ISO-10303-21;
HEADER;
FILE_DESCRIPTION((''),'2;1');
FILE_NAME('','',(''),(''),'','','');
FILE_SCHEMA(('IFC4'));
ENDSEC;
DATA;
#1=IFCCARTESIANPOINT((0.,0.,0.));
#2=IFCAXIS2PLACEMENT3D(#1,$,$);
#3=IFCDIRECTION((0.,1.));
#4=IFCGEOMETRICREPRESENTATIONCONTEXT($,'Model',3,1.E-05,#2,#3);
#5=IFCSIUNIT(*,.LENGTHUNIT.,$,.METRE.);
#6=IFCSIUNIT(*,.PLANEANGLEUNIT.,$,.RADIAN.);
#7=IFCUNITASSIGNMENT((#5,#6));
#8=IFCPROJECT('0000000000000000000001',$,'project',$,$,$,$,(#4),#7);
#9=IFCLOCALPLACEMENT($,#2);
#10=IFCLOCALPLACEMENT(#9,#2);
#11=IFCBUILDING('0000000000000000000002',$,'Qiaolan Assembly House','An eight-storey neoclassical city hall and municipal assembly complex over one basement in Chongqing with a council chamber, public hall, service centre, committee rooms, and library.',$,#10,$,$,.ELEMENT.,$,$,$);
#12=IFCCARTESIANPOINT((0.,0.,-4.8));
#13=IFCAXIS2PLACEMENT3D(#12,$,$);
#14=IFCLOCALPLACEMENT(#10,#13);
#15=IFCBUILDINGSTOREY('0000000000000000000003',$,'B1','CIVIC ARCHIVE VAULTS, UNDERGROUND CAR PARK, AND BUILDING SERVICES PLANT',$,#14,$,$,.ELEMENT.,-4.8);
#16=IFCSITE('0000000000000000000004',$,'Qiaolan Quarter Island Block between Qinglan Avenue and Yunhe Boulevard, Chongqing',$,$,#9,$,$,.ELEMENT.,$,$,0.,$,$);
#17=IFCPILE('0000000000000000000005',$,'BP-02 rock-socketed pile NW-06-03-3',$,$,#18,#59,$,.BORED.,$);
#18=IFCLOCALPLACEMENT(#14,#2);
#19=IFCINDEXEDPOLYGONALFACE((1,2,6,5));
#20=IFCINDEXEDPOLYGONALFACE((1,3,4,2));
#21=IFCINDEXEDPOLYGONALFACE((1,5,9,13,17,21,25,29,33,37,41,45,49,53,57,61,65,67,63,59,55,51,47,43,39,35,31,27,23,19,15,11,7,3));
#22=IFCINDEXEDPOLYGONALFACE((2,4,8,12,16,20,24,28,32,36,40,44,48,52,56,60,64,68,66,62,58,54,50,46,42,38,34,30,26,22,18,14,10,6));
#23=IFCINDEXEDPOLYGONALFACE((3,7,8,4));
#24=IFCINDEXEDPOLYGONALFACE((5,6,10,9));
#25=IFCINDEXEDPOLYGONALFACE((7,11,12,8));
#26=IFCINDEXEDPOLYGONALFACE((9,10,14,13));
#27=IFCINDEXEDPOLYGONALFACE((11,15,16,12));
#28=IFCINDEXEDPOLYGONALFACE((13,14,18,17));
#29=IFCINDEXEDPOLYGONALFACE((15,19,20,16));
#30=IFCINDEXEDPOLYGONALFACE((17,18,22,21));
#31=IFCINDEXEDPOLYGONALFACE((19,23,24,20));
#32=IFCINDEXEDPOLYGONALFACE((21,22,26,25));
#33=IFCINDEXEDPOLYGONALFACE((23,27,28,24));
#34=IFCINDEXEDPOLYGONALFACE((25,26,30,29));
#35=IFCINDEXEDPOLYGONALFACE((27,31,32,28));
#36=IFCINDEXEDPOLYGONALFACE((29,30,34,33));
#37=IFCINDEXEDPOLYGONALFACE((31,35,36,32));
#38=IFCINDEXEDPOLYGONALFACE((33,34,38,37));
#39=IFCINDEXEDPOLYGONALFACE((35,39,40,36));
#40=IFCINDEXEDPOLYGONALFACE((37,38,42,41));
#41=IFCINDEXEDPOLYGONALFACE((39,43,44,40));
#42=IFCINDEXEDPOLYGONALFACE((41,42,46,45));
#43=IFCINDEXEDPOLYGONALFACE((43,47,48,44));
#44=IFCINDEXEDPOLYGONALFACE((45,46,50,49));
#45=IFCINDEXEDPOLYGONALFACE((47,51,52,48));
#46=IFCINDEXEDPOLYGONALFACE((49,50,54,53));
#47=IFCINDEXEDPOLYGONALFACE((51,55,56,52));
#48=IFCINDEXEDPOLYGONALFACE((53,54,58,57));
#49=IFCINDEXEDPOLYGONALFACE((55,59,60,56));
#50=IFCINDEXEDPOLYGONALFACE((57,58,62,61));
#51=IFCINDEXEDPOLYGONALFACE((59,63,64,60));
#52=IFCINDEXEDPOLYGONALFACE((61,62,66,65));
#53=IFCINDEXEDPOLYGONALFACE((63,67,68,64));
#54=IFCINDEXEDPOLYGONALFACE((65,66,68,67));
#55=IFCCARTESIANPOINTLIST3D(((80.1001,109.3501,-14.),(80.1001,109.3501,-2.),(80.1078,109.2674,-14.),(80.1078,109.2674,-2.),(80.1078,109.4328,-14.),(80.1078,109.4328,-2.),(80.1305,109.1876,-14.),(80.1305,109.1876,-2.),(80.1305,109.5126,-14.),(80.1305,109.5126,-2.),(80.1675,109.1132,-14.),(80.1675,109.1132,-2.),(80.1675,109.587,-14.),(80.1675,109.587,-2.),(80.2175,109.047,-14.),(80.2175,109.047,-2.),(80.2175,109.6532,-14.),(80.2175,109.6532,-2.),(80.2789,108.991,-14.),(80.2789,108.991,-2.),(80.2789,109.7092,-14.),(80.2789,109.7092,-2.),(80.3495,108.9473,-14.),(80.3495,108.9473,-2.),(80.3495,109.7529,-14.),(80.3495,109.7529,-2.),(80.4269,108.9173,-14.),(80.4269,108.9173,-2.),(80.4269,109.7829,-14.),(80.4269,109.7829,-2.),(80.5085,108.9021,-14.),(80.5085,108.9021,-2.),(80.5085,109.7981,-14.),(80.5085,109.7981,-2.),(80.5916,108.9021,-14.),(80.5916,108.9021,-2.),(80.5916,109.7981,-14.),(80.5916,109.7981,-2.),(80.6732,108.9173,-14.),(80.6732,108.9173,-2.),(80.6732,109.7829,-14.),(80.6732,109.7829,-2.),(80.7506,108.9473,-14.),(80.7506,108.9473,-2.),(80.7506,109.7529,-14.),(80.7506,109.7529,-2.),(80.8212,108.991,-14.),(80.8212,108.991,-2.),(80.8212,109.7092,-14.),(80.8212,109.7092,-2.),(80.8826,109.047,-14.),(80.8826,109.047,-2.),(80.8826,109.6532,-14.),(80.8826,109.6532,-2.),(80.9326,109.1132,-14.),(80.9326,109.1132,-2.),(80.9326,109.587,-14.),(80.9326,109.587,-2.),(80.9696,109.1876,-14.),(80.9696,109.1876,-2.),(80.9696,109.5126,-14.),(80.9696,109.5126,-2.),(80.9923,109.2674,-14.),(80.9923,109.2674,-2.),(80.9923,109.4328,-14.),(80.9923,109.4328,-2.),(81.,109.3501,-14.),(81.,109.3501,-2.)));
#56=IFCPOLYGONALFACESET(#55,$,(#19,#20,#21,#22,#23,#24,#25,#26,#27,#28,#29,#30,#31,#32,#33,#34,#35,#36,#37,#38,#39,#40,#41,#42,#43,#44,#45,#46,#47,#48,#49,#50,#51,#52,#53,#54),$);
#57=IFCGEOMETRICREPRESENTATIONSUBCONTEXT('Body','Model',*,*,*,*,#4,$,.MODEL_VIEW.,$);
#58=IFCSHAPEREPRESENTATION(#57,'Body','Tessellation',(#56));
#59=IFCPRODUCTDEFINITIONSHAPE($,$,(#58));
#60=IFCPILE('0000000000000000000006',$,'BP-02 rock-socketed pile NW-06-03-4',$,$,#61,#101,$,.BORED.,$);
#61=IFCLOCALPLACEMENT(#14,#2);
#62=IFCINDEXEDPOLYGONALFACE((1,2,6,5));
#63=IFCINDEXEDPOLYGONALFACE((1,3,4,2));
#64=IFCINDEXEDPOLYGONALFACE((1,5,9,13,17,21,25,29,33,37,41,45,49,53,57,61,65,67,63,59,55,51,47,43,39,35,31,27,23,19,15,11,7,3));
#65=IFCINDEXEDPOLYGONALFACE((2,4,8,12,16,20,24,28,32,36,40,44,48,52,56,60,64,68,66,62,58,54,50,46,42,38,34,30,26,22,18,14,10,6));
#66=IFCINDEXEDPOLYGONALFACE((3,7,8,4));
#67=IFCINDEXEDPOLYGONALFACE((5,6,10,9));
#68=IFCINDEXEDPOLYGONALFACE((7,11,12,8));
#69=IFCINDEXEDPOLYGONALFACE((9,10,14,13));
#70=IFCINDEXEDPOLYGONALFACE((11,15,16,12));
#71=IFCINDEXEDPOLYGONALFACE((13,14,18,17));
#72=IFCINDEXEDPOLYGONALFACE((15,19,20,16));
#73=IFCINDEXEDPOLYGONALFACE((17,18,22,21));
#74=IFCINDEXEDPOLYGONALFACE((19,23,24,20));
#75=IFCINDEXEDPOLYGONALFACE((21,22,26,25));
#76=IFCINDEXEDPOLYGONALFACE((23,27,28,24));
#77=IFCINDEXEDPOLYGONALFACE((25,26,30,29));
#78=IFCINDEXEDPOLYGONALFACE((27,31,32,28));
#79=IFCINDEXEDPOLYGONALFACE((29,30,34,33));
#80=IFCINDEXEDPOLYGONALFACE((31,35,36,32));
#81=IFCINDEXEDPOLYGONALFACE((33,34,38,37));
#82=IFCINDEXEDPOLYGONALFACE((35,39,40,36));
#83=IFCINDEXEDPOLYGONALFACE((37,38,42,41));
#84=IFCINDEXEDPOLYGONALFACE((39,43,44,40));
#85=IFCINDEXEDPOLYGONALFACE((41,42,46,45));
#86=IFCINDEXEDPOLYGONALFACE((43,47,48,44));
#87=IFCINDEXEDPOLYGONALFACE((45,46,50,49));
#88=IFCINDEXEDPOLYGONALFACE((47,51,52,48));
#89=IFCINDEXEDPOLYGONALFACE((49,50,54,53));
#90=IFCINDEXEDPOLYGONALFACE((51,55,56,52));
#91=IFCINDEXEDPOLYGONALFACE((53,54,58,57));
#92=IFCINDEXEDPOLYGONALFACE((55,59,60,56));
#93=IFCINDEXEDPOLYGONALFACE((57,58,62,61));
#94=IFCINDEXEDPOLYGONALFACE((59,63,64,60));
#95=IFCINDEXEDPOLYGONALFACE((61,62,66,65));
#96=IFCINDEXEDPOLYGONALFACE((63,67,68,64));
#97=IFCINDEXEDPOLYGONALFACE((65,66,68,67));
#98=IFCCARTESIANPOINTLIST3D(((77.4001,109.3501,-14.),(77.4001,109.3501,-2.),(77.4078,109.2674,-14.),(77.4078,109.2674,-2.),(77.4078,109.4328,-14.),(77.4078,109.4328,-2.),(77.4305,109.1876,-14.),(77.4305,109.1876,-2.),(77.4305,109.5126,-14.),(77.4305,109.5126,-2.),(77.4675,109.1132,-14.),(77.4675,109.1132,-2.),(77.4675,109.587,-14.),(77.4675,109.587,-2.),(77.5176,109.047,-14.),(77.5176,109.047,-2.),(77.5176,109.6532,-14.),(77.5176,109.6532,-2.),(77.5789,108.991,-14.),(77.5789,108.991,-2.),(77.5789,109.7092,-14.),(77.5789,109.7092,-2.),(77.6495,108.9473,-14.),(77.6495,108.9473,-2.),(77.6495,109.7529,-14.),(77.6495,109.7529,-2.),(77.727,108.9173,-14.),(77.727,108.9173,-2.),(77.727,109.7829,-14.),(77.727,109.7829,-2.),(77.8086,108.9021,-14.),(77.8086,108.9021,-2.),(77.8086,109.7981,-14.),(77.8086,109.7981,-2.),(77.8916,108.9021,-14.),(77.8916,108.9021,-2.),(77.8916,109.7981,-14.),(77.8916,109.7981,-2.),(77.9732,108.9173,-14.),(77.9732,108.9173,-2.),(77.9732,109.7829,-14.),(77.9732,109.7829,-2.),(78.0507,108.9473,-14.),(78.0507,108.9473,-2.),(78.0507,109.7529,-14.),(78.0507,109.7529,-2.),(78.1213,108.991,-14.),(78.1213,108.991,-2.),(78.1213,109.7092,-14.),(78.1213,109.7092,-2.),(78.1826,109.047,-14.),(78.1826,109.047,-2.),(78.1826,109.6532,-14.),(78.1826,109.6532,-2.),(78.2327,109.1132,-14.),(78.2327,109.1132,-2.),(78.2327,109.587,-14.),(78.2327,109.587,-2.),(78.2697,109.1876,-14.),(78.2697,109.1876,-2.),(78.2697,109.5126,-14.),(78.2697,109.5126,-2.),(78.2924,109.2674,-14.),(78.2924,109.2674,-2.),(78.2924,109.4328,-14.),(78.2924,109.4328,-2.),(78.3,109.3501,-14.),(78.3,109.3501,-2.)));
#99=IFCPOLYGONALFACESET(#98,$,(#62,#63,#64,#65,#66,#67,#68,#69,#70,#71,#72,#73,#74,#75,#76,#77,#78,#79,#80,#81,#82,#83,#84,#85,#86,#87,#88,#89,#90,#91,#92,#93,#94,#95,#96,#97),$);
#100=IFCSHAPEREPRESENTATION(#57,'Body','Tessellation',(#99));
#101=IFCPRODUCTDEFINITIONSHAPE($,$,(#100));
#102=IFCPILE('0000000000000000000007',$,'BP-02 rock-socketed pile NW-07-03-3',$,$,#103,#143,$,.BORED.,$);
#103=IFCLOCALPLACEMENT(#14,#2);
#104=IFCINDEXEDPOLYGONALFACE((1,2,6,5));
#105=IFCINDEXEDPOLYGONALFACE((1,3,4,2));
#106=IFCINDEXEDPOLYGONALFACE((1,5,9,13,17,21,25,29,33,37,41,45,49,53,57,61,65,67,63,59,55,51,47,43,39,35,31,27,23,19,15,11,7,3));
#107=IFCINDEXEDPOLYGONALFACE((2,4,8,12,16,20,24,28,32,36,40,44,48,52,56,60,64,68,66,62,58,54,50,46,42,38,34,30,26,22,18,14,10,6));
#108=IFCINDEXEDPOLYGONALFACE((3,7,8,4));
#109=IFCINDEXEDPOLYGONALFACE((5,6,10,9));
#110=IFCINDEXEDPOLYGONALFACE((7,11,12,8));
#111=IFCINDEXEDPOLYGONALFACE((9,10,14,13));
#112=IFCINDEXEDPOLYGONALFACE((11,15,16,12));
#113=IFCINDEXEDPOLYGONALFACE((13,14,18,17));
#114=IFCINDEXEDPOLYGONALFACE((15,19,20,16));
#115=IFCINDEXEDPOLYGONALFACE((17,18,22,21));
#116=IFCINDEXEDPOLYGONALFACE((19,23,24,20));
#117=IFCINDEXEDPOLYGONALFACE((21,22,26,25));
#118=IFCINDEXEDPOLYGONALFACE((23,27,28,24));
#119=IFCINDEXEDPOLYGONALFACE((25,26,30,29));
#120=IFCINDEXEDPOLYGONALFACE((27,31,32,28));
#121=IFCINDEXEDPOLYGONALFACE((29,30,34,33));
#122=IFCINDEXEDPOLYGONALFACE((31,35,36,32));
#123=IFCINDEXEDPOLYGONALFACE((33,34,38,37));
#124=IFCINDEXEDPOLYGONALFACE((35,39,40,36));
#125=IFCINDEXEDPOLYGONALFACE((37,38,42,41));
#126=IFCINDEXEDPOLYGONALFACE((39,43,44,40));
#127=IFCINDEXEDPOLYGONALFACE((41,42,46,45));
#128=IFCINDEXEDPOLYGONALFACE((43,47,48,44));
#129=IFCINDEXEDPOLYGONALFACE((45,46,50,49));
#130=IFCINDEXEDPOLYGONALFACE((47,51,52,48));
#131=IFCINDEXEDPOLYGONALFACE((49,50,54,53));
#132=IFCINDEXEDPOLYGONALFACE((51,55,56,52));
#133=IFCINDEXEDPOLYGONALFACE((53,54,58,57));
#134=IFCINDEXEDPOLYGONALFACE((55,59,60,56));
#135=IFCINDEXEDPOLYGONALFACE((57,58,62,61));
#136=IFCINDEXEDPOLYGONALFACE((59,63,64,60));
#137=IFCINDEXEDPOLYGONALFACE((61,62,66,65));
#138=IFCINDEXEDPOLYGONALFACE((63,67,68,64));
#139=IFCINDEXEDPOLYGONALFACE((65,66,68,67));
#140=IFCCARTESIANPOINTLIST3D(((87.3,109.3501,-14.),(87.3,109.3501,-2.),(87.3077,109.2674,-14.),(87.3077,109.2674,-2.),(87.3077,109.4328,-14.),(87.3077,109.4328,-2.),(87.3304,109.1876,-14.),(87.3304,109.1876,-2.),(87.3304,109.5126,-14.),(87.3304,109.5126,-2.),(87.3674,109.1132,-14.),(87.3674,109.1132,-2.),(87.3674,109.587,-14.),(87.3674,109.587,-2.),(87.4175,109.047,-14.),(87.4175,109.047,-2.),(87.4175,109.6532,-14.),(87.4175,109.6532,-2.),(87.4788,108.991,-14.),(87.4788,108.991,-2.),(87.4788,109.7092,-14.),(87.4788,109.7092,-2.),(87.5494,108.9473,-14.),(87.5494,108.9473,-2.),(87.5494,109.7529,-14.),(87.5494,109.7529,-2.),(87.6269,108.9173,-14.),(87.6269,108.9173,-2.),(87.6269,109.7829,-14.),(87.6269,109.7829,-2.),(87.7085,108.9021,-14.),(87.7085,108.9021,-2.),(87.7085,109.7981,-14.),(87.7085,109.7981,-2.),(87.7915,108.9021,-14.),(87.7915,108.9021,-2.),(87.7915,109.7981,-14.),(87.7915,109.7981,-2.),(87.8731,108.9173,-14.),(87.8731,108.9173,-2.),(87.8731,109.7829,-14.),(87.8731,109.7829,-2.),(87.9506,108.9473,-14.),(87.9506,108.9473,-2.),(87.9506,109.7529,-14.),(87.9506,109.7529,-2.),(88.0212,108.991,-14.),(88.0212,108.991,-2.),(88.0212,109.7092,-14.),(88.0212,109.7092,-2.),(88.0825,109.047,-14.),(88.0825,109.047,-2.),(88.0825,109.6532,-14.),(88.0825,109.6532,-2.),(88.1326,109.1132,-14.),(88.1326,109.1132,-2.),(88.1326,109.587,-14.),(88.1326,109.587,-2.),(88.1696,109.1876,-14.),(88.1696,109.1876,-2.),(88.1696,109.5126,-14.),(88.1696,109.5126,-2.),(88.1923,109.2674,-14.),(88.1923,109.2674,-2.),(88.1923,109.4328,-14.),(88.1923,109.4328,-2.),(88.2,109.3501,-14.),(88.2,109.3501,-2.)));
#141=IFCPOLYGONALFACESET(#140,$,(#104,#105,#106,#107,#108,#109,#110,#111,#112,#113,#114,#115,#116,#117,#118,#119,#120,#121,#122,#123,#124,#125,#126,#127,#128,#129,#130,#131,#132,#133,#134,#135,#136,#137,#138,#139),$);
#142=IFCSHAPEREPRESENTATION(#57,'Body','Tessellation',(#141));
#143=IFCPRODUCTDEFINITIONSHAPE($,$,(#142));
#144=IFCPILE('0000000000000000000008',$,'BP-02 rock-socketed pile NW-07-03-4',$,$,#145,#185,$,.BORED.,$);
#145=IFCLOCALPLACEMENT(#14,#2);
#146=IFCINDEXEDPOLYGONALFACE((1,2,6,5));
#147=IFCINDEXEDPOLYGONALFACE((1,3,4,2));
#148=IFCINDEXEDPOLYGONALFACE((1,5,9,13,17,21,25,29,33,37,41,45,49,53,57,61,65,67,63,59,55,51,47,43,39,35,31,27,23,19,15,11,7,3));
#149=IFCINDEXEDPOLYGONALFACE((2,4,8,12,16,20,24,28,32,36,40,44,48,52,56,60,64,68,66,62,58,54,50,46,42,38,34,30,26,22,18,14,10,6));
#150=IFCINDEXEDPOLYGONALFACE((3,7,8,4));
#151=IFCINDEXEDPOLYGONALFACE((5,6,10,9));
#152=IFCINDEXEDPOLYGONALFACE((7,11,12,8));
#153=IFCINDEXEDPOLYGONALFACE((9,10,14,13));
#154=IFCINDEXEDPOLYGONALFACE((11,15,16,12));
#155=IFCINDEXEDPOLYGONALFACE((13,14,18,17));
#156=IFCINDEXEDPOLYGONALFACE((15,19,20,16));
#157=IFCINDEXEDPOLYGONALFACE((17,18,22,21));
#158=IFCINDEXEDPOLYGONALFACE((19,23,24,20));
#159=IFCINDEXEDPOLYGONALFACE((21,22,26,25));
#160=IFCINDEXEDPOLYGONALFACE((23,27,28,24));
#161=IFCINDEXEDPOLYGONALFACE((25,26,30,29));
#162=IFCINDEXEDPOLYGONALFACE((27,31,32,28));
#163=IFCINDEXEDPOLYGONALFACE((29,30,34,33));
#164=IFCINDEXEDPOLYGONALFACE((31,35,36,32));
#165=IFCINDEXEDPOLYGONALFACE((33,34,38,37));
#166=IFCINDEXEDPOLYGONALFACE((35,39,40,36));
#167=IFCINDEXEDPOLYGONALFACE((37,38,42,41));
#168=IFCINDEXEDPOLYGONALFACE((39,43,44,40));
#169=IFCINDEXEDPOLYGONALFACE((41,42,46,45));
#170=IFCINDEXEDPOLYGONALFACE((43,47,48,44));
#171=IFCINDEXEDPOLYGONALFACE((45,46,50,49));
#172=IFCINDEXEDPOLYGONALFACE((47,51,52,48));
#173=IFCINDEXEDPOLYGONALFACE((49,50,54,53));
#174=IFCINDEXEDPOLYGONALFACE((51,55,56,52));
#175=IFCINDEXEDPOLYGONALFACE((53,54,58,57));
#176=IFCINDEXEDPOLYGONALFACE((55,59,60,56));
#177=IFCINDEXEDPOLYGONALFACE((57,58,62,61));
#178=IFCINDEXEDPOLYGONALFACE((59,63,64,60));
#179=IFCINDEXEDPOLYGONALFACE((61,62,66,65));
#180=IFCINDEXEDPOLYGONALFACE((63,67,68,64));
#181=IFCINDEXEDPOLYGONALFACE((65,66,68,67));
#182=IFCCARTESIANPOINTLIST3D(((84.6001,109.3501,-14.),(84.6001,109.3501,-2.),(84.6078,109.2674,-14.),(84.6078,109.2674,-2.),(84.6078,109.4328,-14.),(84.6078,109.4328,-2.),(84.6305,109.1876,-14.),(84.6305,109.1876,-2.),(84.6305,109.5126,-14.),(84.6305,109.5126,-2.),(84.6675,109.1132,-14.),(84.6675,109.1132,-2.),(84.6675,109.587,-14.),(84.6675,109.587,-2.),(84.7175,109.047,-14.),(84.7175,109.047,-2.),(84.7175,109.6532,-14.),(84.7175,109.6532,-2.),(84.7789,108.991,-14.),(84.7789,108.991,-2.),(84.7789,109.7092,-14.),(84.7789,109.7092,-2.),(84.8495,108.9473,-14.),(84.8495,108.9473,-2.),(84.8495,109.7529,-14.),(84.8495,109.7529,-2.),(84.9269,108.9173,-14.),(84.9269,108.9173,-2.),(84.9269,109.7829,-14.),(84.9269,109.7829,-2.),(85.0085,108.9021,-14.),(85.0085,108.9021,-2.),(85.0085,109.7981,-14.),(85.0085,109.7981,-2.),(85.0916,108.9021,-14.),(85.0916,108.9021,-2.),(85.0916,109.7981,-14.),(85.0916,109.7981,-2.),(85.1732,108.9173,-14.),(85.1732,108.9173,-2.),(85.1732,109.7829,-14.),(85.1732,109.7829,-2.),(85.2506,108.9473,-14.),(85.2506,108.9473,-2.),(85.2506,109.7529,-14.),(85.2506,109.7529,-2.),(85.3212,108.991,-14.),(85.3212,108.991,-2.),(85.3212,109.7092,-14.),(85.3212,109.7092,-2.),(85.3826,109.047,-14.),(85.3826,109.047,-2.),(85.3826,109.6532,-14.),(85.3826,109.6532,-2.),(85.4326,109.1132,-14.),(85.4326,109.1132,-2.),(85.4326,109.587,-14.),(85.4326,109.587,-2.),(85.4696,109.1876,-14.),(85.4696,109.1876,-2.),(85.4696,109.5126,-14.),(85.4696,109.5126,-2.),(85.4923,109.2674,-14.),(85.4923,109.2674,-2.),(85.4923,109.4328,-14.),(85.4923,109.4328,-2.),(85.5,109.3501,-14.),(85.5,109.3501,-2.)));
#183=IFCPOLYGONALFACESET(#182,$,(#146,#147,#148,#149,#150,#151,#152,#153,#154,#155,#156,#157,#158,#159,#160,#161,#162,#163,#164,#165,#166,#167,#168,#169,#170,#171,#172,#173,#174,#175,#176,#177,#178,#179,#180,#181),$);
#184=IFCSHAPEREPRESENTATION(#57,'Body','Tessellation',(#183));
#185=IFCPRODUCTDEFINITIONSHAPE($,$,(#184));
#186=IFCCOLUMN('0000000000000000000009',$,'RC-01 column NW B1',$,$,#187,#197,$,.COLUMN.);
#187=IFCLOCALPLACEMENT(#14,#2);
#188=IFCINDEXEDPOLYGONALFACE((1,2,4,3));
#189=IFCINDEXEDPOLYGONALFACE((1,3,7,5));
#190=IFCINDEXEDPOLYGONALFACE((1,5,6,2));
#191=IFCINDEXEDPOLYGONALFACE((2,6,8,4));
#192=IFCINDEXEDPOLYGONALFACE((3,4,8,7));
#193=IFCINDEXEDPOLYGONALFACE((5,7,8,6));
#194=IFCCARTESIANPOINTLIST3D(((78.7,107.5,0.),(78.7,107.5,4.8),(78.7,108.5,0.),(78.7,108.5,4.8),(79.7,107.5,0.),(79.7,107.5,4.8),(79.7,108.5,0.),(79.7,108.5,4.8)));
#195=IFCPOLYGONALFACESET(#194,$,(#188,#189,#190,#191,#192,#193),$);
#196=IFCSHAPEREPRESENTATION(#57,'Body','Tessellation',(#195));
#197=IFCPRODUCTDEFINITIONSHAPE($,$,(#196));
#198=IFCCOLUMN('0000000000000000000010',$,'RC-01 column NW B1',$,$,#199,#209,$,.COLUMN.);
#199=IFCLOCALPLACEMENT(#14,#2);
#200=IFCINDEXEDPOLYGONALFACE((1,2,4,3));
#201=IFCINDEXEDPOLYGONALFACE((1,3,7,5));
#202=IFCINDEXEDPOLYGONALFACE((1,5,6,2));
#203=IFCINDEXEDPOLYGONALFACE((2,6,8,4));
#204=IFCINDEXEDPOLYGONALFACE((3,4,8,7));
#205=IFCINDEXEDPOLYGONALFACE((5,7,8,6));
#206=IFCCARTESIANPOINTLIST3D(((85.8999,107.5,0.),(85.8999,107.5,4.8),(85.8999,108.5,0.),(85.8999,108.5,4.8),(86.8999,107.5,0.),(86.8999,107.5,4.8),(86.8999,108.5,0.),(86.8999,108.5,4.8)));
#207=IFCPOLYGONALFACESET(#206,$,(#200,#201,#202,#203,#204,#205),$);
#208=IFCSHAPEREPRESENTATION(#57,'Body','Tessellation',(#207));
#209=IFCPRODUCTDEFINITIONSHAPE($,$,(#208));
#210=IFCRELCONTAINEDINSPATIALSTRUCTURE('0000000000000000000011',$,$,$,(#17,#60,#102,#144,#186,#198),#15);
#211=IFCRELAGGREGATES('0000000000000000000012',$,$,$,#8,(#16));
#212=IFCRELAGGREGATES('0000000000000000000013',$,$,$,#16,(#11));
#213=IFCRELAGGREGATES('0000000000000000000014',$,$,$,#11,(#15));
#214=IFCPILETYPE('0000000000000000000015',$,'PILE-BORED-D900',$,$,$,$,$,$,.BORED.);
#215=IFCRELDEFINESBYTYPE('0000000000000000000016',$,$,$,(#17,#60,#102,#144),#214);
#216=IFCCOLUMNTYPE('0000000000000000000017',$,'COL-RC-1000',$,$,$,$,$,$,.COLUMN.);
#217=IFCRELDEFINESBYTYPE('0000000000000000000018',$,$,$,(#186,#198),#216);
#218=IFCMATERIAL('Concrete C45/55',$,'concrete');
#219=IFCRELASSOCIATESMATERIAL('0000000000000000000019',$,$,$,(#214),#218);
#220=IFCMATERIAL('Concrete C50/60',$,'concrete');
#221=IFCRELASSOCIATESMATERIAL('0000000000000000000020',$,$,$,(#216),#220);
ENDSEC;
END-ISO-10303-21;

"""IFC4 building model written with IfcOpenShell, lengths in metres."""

from ifc_helpers import new_model, si_unit, direction, frame, origin, origin_2d, place, context, subcontext, project, spatial, rectangle, circle, extrude, material, material_profile, profile_set, type_object, element, save


model = new_model("IFC4")

# Units and contexts
model_context = context("Model", 3, precision=1e-05, world=origin(), true_north=direction((0.0, 1.0)))
body_context = subcontext(model_context, "Body", "Model", "MODEL_VIEW")
ifc_project = project(units=[si_unit("LENGTHUNIT", "METRE"), si_unit("PLANEANGLEUNIT", "RADIAN")], contexts=[model_context])

# Site, building, storey
site_placement = place(None, origin())
site = spatial("IfcSite", under=ifc_project, at=site_placement, Name="Qiaolan Quarter Island Block between Qinglan Avenue and Yunhe Boulevard, Chongqing", CompositionType="ELEMENT", RefElevation=0.0)
building_placement = place(site_placement, origin())
building = spatial("IfcBuilding", under=site, at=building_placement, Name="Qiaolan Assembly House", Description="An eight-storey neoclassical city hall and municipal assembly complex over one basement in Chongqing with a council chamber, public hall, service centre, committee rooms, and library.", CompositionType="ELEMENT")
storey_placement = place(building_placement, frame((0.0, 0.0, -4.8)))
storey = spatial("IfcBuildingStorey", under=building, at=storey_placement, Name="B1", Description="CIVIC ARCHIVE VAULTS, UNDERGROUND CAR PARK, AND BUILDING SERVICES PLANT", CompositionType="ELEMENT", Elevation=-4.8)

# Piles
ifc_material_1 = material(Name="Concrete C45/55", Category="concrete")
ifc_material_profile_1 = material_profile(ifc_material_1, circle(Radius=0.45, at=origin_2d()), Name="PILE D900")
ifc_profile_set_1 = profile_set([ifc_material_profile_1], Name="Concrete C45/55")
pile_type_1 = type_object("IfcPileType", Name="PILE-BORED-D900", PredefinedType="BORED", material=ifc_profile_set_1)
for number, where, z_axis, x_axis, name in (
    (1, (80.55, 109.3501, -2.0), (0.0, 0.0, -1.0), (1.0, 0.0, 0.0), "BP-02 rock-socketed pile NW-06-03-3"),
    (2, (77.8501, 109.3501, -2.0), (0.0, 0.0, -1.0), (1.0, 0.0, 0.0), "BP-02 rock-socketed pile NW-06-03-4"),
    (3, (87.75, 109.3501, -2.0), (0.0, 0.0, -1.0), (1.0, 0.0, 0.0), "BP-02 rock-socketed pile NW-07-03-3"),
    (4, (85.05, 109.3501, -2.0), (0.0, 0.0, -1.0), (1.0, 0.0, 0.0), "BP-02 rock-socketed pile NW-07-03-4"),
):
    element("IfcPile", number, at=place(storey_placement, frame(where, z_axis=z_axis, x_axis=x_axis)), inside=storey, type_object=pile_type_1, Name=name, PredefinedType="BORED", context=body_context, shape_type="SweptSolid", body=[
        extrude(circle(Radius=0.45, at=origin_2d()), origin(), (0.0, 0.0, 1.0), 12.0),
    ])

# Columns
ifc_material_2 = material(Name="Concrete C50/60", Category="concrete")
ifc_material_profile_2 = material_profile(ifc_material_2, rectangle(XDim=1.0, YDim=1.0, at=origin_2d()), Name="RC 1000x1000")
ifc_profile_set_2 = profile_set([ifc_material_profile_2], Name="Concrete C50/60")
column_type_1 = type_object("IfcColumnType", Name="COL-RC-1000", PredefinedType="COLUMN", material=ifc_profile_set_2)
for number, where, z_axis, x_axis, name in (
    (5, (79.2, 108.0, 0.0), (0.0, 0.0, 1.0), (1.0, 0.0, 0.0), "RC-01 column NW B1"),
    (6, (86.3999, 108.0, 0.0), (0.0, 0.0, 1.0), (1.0, 0.0, 0.0), "RC-01 column NW B1"),
):
    element("IfcColumn", number, at=place(storey_placement, frame(where, z_axis=z_axis, x_axis=x_axis)), inside=storey, type_object=column_type_1, Name=name, PredefinedType="COLUMN", context=body_context, shape_type="SweptSolid", body=[
        extrude(rectangle(XDim=1.0, YDim=1.0, at=origin_2d()), origin(), (0.0, 0.0, 1.0), 4.8),
    ])

save(model, "model.ifc")
